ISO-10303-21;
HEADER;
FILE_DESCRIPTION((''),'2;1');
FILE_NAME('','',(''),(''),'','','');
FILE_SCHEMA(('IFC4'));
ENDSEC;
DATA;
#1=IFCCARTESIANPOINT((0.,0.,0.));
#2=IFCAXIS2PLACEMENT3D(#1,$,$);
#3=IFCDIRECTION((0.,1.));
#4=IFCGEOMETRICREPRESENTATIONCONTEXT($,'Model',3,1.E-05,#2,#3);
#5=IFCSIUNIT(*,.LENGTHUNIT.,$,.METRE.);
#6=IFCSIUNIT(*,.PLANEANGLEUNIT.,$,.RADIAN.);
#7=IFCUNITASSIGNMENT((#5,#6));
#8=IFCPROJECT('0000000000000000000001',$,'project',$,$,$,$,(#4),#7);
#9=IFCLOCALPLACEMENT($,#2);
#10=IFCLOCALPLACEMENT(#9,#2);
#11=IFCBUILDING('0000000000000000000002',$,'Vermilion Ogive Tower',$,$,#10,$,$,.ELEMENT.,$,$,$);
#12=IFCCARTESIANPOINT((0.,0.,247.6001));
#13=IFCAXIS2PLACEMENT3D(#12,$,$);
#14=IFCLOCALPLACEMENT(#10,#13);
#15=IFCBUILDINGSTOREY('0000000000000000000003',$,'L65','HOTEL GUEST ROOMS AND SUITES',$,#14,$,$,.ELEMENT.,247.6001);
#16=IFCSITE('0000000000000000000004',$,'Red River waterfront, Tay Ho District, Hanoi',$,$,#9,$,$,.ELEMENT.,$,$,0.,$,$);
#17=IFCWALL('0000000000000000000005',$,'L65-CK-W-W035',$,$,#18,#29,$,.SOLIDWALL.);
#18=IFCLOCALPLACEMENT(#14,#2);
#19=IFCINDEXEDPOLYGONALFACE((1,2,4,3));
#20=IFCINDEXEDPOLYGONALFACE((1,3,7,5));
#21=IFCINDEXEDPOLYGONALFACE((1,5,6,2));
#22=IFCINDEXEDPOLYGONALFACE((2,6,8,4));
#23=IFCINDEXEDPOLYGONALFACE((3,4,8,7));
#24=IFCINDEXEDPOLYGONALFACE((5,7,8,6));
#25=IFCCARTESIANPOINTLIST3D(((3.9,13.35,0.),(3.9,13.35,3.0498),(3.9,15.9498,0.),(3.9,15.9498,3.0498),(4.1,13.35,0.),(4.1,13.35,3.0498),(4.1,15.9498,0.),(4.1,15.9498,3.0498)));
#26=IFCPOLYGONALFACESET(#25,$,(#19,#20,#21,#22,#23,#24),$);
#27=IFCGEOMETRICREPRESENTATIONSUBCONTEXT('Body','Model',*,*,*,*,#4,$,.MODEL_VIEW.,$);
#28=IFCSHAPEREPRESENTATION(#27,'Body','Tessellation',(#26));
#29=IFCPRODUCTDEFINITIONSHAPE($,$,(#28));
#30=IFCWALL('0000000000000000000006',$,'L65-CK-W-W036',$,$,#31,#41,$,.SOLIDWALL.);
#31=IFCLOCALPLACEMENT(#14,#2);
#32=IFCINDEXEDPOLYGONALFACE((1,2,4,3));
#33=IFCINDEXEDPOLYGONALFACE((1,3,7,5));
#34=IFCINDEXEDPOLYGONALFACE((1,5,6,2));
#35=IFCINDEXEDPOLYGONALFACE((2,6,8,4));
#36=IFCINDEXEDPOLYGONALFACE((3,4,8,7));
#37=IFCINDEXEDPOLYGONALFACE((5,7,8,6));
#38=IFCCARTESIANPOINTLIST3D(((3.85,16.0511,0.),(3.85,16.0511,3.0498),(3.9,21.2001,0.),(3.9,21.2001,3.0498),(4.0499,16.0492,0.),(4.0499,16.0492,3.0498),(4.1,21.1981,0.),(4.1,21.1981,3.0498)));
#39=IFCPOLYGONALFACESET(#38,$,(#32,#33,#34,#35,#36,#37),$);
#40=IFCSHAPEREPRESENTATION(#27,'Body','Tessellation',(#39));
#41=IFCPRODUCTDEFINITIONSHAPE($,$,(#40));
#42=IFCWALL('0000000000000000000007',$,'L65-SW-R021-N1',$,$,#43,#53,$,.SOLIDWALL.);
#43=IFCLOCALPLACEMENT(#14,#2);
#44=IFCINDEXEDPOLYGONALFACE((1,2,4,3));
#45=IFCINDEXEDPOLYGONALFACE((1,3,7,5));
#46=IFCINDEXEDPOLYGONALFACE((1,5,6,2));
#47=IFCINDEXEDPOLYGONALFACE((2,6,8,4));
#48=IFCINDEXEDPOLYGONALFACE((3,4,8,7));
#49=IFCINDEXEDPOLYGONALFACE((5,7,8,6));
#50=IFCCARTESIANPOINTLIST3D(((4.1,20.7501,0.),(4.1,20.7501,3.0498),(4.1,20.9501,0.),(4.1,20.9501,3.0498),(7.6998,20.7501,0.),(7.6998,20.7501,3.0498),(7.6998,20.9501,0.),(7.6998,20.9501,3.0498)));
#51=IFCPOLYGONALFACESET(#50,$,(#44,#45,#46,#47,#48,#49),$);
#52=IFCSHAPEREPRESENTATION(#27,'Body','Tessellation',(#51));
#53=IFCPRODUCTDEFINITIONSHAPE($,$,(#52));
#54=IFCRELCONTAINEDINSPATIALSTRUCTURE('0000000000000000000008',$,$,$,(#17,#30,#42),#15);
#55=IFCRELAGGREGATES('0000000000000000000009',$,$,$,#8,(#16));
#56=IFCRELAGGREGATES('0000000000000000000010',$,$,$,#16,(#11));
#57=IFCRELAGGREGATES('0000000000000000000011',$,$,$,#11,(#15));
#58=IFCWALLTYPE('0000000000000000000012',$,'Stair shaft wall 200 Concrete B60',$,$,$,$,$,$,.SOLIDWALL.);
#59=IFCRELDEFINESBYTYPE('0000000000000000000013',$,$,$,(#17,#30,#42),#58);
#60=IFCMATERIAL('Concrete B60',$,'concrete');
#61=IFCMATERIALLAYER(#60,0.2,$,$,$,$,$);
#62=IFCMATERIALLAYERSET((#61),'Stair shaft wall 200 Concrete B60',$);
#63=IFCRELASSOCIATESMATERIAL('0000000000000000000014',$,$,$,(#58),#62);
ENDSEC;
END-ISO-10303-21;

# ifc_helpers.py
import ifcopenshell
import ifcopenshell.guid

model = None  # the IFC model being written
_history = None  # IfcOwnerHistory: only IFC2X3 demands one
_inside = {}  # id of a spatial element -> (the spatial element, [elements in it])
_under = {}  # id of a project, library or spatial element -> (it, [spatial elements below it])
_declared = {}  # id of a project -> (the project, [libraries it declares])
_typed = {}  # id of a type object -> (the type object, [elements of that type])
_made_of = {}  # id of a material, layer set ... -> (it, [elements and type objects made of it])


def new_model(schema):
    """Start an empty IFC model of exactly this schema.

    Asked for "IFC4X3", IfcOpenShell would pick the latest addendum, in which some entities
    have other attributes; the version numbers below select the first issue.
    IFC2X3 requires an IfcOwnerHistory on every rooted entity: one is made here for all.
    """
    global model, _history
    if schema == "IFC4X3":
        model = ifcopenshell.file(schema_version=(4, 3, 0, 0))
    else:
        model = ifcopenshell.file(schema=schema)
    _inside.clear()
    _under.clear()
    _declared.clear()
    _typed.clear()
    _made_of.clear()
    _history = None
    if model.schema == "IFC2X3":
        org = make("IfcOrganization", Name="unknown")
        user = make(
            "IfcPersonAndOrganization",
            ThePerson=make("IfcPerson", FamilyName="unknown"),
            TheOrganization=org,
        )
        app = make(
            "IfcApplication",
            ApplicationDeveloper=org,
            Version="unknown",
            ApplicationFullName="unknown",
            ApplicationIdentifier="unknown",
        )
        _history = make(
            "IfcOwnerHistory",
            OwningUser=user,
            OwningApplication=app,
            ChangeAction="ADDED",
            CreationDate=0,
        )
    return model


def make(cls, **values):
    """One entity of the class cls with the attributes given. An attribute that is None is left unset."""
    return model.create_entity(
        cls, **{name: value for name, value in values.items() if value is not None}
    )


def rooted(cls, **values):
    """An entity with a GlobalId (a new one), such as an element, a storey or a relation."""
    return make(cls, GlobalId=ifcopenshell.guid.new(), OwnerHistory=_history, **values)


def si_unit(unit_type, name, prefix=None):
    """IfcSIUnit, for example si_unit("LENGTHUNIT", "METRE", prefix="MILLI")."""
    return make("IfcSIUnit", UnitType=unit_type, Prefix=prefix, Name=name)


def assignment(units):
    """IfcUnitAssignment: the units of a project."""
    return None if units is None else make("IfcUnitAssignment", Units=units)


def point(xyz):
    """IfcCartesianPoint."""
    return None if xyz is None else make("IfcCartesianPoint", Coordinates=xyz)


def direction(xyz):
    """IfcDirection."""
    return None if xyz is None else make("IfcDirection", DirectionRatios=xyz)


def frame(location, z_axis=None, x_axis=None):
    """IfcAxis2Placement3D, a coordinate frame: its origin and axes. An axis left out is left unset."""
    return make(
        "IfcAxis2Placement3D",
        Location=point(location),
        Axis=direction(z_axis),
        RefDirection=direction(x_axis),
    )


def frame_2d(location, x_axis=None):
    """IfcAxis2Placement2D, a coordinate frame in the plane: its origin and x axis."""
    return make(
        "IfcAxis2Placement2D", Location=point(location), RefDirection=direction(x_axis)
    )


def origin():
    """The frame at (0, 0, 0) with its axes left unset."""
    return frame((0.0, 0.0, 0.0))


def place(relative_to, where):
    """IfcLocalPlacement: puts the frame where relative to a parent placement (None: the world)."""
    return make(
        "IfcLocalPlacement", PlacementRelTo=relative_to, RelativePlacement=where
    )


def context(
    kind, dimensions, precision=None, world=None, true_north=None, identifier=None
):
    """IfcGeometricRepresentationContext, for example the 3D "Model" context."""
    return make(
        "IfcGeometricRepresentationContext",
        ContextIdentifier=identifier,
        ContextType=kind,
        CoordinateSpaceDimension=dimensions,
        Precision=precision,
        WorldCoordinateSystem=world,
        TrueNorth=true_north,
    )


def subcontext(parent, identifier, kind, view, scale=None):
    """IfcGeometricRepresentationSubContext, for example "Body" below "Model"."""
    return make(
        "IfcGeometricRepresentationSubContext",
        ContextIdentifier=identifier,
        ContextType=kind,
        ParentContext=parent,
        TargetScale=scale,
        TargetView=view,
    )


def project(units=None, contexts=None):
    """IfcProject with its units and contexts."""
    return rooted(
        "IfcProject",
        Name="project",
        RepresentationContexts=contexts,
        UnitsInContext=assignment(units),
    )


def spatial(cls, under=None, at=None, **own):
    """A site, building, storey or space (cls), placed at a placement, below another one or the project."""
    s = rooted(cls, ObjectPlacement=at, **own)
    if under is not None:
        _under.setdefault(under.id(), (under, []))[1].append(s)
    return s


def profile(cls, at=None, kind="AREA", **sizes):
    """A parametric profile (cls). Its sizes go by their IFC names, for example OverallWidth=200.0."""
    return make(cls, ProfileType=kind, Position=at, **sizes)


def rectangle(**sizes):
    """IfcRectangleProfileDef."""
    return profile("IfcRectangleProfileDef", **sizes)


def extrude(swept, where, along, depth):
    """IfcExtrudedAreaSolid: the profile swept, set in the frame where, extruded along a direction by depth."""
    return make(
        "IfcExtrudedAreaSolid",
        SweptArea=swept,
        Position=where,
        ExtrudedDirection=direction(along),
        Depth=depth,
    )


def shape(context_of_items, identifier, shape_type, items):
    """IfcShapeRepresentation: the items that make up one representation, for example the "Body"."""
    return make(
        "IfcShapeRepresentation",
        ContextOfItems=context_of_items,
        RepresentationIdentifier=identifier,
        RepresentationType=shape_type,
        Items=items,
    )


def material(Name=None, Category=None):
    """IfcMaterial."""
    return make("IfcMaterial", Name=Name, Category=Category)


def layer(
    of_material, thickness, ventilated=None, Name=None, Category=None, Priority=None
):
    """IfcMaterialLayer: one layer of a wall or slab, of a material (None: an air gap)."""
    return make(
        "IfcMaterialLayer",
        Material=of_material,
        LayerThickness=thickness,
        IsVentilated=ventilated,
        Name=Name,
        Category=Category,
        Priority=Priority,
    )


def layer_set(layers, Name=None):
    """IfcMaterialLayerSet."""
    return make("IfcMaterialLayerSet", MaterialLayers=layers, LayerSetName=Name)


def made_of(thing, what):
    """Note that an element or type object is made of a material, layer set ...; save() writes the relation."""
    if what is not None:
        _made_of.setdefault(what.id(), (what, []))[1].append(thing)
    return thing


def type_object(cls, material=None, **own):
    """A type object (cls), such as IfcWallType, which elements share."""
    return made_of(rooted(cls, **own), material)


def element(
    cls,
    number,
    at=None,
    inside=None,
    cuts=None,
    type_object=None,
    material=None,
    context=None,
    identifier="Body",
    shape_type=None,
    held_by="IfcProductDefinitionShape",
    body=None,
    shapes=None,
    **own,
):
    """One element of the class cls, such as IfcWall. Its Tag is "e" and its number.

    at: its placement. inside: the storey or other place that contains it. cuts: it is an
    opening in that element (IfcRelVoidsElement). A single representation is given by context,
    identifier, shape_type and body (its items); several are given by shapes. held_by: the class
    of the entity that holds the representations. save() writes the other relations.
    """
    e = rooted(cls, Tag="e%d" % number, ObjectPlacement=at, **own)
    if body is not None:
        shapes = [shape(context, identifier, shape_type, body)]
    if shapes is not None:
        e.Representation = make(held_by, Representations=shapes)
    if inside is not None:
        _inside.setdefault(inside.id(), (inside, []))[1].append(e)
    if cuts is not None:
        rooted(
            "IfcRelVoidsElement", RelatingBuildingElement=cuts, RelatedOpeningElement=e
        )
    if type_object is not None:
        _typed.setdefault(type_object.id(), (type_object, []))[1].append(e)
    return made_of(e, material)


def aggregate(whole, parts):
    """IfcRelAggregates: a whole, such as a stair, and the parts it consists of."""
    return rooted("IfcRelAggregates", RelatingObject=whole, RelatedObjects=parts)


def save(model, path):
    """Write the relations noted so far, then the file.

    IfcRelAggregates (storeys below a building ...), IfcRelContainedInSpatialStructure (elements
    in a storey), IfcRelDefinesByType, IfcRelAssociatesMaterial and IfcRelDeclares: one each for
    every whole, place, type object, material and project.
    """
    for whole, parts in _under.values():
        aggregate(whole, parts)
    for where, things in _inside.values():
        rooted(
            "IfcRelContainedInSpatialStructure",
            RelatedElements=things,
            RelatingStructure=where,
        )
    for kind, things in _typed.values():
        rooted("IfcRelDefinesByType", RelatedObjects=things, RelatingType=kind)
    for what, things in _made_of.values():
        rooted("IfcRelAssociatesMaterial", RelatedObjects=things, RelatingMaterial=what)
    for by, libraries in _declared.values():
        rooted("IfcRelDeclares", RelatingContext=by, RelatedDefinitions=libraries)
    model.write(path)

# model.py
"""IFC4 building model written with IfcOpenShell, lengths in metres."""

from ifc_helpers import new_model, si_unit, direction, frame, frame_2d, origin, place, context, subcontext, project, spatial, rectangle, extrude, material, layer, layer_set, type_object, element, save


model = new_model("IFC4")

# Units and contexts
model_context = context("Model", 3, precision=1e-05, world=origin(), true_north=direction((0.0, 1.0)))
body_context = subcontext(model_context, "Body", "Model", "MODEL_VIEW")
ifc_project = project(units=[si_unit("LENGTHUNIT", "METRE"), si_unit("PLANEANGLEUNIT", "RADIAN")], contexts=[model_context])

# Site, building, storey
site_placement = place(None, origin())
site = spatial("IfcSite", under=ifc_project, at=site_placement, Name="Red River waterfront, Tay Ho District, Hanoi", CompositionType="ELEMENT", RefElevation=0.0)
building_placement = place(site_placement, origin())
building = spatial("IfcBuilding", under=site, at=building_placement, Name="Vermilion Ogive Tower", CompositionType="ELEMENT")
storey_placement = place(building_placement, frame((0.0, 0.0, 247.6001)))
storey = spatial("IfcBuildingStorey", under=building, at=storey_placement, Name="L65", Description="HOTEL GUEST ROOMS AND SUITES", CompositionType="ELEMENT", Elevation=247.6001)

# Shared definitions
ifc_material_1 = material(Name="Concrete B60", Category="concrete")
ifc_layer_1 = layer(ifc_material_1, 0.2)
ifc_layer_set_1 = layer_set([ifc_layer_1], Name="Stair shaft wall 200 Concrete B60")
wall_type_1 = type_object("IfcWallType", Name="Stair shaft wall 200 Concrete B60", PredefinedType="SOLIDWALL", material=ifc_layer_set_1)

# Walls
wall_1_placement = place(storey_placement, frame((4.0, 13.3501, 0.0), z_axis=(0.0, 0.0, 1.0), x_axis=(0.0, 1.0, 0.0)))
element("IfcWall", 1, at=wall_1_placement, inside=storey, type_object=wall_type_1, Name="L65-CK-W-W035", PredefinedType="SOLIDWALL", context=body_context, shape_type="SweptSolid", body=[
    extrude(rectangle(XDim=2.5999, YDim=0.2, at=frame_2d((1.2998, 0.0))), origin(), (0.0, 0.0, 1.0), 3.0498),
])
wall_2_placement = place(storey_placement, frame((3.95, 16.05, 0.0), z_axis=(0.0, 0.0, 1.0), x_axis=(0.00972, 0.999953, 0.0)))
element("IfcWall", 2, at=wall_2_placement, inside=storey, type_object=wall_type_1, Name="L65-CK-W-W036", PredefinedType="SOLIDWALL", context=body_context, shape_type="SweptSolid", body=[
    extrude(rectangle(XDim=5.1492, YDim=0.2, at=frame_2d((2.5747, 0.0))), origin(), (0.0, 0.0, 1.0), 3.0498),
])
wall_3_placement = place(storey_placement, frame((4.1001, 20.8501, 0.0), z_axis=(0.0, 0.0, 1.0), x_axis=(1.0, 0.0, 0.0)))
element("IfcWall", 3, at=wall_3_placement, inside=storey, type_object=wall_type_1, Name="L65-SW-R021-N1", PredefinedType="SOLIDWALL", context=body_context, shape_type="SweptSolid", body=[
    extrude(rectangle(XDim=3.5999, YDim=0.2, at=frame_2d((1.7998, 0.0))), origin(), (0.0, 0.0, 1.0), 3.0498),
])

save(model, "model.ifc")
